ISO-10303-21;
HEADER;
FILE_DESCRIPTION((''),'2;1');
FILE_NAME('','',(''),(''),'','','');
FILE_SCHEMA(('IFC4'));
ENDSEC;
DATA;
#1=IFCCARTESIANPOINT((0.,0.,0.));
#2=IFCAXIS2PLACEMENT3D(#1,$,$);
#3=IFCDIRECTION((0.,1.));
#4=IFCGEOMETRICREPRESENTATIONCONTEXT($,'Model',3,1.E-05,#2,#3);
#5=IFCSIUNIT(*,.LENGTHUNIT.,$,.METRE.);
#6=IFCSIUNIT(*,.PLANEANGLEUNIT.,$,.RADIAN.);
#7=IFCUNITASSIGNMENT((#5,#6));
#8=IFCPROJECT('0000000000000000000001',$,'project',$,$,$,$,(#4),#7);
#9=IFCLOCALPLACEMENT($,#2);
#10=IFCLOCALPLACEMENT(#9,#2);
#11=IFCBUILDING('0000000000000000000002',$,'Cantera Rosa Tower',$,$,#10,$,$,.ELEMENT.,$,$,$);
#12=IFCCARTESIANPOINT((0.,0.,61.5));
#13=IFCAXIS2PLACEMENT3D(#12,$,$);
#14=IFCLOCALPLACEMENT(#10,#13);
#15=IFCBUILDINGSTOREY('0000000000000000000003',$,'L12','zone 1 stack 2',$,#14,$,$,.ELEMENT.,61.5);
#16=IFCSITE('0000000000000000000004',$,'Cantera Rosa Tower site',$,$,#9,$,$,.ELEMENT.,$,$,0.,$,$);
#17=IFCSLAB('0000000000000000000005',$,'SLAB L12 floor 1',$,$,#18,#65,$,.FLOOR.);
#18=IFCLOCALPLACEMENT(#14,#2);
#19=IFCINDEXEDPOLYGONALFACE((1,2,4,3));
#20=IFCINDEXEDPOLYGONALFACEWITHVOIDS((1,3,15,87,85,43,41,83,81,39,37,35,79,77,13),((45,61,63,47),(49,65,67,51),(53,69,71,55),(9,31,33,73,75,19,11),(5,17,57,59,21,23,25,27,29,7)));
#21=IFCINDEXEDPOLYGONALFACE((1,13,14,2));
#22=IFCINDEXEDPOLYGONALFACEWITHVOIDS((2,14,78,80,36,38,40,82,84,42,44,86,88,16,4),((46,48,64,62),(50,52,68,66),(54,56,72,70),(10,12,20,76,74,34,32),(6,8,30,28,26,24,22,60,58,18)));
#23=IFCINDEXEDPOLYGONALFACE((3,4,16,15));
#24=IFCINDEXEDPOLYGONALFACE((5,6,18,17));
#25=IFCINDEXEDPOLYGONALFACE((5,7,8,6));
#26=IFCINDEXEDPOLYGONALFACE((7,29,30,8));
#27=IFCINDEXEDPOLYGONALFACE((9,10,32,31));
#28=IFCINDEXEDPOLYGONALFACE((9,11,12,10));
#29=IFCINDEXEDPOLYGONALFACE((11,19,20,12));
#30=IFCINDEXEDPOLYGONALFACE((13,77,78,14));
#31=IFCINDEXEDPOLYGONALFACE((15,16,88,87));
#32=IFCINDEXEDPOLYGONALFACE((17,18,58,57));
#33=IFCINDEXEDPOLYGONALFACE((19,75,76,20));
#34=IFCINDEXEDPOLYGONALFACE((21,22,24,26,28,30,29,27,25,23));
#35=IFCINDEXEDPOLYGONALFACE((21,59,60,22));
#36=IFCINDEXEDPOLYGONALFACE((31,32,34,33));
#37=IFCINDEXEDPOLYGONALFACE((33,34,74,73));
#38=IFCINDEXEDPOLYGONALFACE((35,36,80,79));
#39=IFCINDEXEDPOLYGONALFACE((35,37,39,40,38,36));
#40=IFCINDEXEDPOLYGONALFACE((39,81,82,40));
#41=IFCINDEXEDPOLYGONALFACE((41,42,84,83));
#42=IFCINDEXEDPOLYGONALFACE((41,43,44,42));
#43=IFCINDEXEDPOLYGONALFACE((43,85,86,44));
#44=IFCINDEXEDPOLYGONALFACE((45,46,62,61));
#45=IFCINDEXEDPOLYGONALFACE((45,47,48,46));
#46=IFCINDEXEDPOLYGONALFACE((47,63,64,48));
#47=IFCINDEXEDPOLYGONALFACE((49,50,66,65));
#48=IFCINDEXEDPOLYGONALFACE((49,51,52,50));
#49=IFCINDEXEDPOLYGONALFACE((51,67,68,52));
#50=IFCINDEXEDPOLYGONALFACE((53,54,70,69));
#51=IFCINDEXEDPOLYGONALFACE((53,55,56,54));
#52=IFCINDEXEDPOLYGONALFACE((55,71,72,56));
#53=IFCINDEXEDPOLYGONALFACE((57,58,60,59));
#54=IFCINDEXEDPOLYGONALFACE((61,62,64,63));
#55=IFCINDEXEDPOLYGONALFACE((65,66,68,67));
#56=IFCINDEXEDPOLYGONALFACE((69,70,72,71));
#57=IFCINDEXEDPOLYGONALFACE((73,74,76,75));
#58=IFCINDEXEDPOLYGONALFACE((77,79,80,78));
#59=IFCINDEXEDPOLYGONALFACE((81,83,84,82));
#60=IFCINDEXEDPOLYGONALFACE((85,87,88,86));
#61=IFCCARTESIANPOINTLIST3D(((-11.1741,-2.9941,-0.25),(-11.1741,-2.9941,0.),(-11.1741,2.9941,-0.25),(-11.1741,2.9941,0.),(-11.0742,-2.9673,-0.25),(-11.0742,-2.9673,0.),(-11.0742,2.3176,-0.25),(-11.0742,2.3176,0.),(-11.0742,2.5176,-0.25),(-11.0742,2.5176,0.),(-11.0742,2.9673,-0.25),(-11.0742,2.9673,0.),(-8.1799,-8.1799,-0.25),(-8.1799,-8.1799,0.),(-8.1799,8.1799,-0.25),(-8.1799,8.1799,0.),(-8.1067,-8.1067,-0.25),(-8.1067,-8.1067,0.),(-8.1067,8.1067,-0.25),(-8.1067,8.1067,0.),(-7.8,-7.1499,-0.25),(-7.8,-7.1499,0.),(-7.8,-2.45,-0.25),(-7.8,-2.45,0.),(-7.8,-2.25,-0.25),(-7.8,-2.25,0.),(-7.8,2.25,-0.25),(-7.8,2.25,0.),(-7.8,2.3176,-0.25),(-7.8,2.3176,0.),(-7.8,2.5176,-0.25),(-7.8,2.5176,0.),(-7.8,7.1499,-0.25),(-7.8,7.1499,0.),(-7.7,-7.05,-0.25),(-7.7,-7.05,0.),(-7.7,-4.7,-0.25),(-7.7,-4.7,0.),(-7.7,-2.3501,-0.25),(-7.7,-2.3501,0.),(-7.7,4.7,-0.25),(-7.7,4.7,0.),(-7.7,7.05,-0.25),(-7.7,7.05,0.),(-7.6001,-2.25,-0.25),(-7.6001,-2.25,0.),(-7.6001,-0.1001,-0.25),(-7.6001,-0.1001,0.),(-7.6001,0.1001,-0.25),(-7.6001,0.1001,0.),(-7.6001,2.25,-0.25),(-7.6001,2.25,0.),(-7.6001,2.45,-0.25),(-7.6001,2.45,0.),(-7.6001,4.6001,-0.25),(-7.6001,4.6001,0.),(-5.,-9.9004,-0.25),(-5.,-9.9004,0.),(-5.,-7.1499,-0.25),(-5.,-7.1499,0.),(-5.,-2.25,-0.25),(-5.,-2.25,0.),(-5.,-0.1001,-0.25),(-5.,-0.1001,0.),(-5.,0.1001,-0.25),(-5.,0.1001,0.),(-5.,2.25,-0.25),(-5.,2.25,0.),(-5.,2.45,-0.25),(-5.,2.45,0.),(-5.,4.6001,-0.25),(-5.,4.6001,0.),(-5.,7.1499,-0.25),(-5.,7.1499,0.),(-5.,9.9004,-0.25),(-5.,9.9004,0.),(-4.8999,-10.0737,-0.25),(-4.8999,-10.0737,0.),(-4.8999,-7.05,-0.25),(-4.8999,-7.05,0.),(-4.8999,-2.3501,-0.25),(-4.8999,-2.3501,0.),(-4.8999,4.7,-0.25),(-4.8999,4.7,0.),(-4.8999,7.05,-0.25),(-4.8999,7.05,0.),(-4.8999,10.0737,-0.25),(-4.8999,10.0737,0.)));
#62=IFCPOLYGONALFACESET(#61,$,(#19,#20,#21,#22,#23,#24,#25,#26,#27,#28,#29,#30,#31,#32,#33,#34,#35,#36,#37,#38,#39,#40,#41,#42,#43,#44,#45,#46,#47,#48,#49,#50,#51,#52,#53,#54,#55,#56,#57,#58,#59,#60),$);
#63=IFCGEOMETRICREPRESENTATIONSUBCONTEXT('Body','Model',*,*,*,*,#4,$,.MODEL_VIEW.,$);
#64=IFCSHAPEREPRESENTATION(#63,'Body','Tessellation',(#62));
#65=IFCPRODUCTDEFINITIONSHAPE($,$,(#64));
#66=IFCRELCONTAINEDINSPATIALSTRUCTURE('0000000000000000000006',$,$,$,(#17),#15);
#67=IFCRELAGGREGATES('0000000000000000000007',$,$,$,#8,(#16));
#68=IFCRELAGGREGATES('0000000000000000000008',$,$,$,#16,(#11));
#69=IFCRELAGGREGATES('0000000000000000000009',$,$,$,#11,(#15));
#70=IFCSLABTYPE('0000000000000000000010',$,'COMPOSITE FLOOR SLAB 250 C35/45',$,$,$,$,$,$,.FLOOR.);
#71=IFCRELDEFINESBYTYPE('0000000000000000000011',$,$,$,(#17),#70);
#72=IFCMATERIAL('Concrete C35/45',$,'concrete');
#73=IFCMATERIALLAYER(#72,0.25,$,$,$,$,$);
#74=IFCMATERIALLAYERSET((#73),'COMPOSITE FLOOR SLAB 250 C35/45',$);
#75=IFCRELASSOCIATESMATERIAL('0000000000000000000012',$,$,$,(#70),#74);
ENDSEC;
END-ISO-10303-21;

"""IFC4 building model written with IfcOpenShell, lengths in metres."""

from ifc_helpers import new_model, si_unit, direction, frame, origin, place, context, subcontext, project, spatial, polyline, outline, extrude, material, layer, layer_set, type_object, element, save


model = new_model("IFC4")

# Units and contexts
model_context = context("Model", 3, precision=1e-05, world=origin(), true_north=direction((0.0, 1.0)))
body_context = subcontext(model_context, "Body", "Model", "MODEL_VIEW")
ifc_project = project(units=[si_unit("LENGTHUNIT", "METRE"), si_unit("PLANEANGLEUNIT", "RADIAN")], contexts=[model_context])

# Site, building, storey
site_placement = place(None, origin())
site = spatial("IfcSite", under=ifc_project, at=site_placement, Name="Cantera Rosa Tower site", CompositionType="ELEMENT", RefElevation=0.0)
building_placement = place(site_placement, origin())
building = spatial("IfcBuilding", under=site, at=building_placement, Name="Cantera Rosa Tower", CompositionType="ELEMENT")
storey_placement = place(building_placement, frame((0.0, 0.0, 61.5)))
storey = spatial("IfcBuildingStorey", under=building, at=storey_placement, Name="L12", Description="zone 1 stack 2", CompositionType="ELEMENT", Elevation=61.5)

# Slab
ifc_material_1 = material(Name="Concrete C35/45", Category="concrete")
ifc_layer_1 = layer(ifc_material_1, 0.25)
ifc_layer_set_1 = layer_set([ifc_layer_1], Name="COMPOSITE FLOOR SLAB 250 C35/45")
slab_type_1 = type_object("IfcSlabType", Name="COMPOSITE FLOOR SLAB 250 C35/45", PredefinedType="FLOOR", material=ifc_layer_set_1)
slab_1_placement = place(storey_placement, frame((0.0, 0.0, -0.25)))
element("IfcSlab", 1, at=slab_1_placement, inside=storey, type_object=slab_type_1, Name="SLAB L12 floor 1", PredefinedType="FLOOR", context=body_context, shape_type="SweptSolid", body=[
    extrude(outline(polyline([(-7.7, -2.3501), (-7.7, -4.7), (-7.7, -7.05), (-4.8999, -7.05), (-4.8999, -10.0737), (-8.1799, -8.1799), (-11.1741, -2.9941), (-11.1741, 2.9941), (-8.1799, 8.1799), (-4.8999, 10.0737), (-4.8999, 7.05), (-7.7, 7.05), (-7.7, 4.7), (-4.8999, 4.7), (-4.8999, -2.3501), (-7.7, -2.3501)]), holes=[polyline([(-5.0, -9.9004), (-5.0, -7.1499), (-7.8, -7.1499), (-7.8, -2.45), (-7.8, -2.25), (-7.8, 2.25), (-7.8, 2.3176), (-11.0742, 2.3176), (-11.0742, -2.9673), (-8.1067, -8.1067), (-5.0, -9.9004)]), polyline([(-7.6001, -0.1001), (-7.6001, -2.25), (-5.0, -2.25), (-5.0, -0.1001), (-7.6001, -0.1001)]), polyline([(-7.6001, 0.1001), (-5.0, 0.1001), (-5.0, 2.25), (-7.6001, 2.25), (-7.6001, 0.1001)]), polyline([(-7.6001, 2.45), (-5.0, 2.45), (-5.0, 4.6001), (-7.6001, 4.6001), (-7.6001, 2.45)]), polyline([(-7.8, 2.5176), (-7.8, 7.1499), (-5.0, 7.1499), (-5.0, 9.9004), (-8.1067, 8.1067), (-11.0742, 2.9673), (-11.0742, 2.5176), (-7.8, 2.5176)])]), origin(), (0.0, 0.0, 1.0), 0.25),
])

save(model, "model.ifc")
